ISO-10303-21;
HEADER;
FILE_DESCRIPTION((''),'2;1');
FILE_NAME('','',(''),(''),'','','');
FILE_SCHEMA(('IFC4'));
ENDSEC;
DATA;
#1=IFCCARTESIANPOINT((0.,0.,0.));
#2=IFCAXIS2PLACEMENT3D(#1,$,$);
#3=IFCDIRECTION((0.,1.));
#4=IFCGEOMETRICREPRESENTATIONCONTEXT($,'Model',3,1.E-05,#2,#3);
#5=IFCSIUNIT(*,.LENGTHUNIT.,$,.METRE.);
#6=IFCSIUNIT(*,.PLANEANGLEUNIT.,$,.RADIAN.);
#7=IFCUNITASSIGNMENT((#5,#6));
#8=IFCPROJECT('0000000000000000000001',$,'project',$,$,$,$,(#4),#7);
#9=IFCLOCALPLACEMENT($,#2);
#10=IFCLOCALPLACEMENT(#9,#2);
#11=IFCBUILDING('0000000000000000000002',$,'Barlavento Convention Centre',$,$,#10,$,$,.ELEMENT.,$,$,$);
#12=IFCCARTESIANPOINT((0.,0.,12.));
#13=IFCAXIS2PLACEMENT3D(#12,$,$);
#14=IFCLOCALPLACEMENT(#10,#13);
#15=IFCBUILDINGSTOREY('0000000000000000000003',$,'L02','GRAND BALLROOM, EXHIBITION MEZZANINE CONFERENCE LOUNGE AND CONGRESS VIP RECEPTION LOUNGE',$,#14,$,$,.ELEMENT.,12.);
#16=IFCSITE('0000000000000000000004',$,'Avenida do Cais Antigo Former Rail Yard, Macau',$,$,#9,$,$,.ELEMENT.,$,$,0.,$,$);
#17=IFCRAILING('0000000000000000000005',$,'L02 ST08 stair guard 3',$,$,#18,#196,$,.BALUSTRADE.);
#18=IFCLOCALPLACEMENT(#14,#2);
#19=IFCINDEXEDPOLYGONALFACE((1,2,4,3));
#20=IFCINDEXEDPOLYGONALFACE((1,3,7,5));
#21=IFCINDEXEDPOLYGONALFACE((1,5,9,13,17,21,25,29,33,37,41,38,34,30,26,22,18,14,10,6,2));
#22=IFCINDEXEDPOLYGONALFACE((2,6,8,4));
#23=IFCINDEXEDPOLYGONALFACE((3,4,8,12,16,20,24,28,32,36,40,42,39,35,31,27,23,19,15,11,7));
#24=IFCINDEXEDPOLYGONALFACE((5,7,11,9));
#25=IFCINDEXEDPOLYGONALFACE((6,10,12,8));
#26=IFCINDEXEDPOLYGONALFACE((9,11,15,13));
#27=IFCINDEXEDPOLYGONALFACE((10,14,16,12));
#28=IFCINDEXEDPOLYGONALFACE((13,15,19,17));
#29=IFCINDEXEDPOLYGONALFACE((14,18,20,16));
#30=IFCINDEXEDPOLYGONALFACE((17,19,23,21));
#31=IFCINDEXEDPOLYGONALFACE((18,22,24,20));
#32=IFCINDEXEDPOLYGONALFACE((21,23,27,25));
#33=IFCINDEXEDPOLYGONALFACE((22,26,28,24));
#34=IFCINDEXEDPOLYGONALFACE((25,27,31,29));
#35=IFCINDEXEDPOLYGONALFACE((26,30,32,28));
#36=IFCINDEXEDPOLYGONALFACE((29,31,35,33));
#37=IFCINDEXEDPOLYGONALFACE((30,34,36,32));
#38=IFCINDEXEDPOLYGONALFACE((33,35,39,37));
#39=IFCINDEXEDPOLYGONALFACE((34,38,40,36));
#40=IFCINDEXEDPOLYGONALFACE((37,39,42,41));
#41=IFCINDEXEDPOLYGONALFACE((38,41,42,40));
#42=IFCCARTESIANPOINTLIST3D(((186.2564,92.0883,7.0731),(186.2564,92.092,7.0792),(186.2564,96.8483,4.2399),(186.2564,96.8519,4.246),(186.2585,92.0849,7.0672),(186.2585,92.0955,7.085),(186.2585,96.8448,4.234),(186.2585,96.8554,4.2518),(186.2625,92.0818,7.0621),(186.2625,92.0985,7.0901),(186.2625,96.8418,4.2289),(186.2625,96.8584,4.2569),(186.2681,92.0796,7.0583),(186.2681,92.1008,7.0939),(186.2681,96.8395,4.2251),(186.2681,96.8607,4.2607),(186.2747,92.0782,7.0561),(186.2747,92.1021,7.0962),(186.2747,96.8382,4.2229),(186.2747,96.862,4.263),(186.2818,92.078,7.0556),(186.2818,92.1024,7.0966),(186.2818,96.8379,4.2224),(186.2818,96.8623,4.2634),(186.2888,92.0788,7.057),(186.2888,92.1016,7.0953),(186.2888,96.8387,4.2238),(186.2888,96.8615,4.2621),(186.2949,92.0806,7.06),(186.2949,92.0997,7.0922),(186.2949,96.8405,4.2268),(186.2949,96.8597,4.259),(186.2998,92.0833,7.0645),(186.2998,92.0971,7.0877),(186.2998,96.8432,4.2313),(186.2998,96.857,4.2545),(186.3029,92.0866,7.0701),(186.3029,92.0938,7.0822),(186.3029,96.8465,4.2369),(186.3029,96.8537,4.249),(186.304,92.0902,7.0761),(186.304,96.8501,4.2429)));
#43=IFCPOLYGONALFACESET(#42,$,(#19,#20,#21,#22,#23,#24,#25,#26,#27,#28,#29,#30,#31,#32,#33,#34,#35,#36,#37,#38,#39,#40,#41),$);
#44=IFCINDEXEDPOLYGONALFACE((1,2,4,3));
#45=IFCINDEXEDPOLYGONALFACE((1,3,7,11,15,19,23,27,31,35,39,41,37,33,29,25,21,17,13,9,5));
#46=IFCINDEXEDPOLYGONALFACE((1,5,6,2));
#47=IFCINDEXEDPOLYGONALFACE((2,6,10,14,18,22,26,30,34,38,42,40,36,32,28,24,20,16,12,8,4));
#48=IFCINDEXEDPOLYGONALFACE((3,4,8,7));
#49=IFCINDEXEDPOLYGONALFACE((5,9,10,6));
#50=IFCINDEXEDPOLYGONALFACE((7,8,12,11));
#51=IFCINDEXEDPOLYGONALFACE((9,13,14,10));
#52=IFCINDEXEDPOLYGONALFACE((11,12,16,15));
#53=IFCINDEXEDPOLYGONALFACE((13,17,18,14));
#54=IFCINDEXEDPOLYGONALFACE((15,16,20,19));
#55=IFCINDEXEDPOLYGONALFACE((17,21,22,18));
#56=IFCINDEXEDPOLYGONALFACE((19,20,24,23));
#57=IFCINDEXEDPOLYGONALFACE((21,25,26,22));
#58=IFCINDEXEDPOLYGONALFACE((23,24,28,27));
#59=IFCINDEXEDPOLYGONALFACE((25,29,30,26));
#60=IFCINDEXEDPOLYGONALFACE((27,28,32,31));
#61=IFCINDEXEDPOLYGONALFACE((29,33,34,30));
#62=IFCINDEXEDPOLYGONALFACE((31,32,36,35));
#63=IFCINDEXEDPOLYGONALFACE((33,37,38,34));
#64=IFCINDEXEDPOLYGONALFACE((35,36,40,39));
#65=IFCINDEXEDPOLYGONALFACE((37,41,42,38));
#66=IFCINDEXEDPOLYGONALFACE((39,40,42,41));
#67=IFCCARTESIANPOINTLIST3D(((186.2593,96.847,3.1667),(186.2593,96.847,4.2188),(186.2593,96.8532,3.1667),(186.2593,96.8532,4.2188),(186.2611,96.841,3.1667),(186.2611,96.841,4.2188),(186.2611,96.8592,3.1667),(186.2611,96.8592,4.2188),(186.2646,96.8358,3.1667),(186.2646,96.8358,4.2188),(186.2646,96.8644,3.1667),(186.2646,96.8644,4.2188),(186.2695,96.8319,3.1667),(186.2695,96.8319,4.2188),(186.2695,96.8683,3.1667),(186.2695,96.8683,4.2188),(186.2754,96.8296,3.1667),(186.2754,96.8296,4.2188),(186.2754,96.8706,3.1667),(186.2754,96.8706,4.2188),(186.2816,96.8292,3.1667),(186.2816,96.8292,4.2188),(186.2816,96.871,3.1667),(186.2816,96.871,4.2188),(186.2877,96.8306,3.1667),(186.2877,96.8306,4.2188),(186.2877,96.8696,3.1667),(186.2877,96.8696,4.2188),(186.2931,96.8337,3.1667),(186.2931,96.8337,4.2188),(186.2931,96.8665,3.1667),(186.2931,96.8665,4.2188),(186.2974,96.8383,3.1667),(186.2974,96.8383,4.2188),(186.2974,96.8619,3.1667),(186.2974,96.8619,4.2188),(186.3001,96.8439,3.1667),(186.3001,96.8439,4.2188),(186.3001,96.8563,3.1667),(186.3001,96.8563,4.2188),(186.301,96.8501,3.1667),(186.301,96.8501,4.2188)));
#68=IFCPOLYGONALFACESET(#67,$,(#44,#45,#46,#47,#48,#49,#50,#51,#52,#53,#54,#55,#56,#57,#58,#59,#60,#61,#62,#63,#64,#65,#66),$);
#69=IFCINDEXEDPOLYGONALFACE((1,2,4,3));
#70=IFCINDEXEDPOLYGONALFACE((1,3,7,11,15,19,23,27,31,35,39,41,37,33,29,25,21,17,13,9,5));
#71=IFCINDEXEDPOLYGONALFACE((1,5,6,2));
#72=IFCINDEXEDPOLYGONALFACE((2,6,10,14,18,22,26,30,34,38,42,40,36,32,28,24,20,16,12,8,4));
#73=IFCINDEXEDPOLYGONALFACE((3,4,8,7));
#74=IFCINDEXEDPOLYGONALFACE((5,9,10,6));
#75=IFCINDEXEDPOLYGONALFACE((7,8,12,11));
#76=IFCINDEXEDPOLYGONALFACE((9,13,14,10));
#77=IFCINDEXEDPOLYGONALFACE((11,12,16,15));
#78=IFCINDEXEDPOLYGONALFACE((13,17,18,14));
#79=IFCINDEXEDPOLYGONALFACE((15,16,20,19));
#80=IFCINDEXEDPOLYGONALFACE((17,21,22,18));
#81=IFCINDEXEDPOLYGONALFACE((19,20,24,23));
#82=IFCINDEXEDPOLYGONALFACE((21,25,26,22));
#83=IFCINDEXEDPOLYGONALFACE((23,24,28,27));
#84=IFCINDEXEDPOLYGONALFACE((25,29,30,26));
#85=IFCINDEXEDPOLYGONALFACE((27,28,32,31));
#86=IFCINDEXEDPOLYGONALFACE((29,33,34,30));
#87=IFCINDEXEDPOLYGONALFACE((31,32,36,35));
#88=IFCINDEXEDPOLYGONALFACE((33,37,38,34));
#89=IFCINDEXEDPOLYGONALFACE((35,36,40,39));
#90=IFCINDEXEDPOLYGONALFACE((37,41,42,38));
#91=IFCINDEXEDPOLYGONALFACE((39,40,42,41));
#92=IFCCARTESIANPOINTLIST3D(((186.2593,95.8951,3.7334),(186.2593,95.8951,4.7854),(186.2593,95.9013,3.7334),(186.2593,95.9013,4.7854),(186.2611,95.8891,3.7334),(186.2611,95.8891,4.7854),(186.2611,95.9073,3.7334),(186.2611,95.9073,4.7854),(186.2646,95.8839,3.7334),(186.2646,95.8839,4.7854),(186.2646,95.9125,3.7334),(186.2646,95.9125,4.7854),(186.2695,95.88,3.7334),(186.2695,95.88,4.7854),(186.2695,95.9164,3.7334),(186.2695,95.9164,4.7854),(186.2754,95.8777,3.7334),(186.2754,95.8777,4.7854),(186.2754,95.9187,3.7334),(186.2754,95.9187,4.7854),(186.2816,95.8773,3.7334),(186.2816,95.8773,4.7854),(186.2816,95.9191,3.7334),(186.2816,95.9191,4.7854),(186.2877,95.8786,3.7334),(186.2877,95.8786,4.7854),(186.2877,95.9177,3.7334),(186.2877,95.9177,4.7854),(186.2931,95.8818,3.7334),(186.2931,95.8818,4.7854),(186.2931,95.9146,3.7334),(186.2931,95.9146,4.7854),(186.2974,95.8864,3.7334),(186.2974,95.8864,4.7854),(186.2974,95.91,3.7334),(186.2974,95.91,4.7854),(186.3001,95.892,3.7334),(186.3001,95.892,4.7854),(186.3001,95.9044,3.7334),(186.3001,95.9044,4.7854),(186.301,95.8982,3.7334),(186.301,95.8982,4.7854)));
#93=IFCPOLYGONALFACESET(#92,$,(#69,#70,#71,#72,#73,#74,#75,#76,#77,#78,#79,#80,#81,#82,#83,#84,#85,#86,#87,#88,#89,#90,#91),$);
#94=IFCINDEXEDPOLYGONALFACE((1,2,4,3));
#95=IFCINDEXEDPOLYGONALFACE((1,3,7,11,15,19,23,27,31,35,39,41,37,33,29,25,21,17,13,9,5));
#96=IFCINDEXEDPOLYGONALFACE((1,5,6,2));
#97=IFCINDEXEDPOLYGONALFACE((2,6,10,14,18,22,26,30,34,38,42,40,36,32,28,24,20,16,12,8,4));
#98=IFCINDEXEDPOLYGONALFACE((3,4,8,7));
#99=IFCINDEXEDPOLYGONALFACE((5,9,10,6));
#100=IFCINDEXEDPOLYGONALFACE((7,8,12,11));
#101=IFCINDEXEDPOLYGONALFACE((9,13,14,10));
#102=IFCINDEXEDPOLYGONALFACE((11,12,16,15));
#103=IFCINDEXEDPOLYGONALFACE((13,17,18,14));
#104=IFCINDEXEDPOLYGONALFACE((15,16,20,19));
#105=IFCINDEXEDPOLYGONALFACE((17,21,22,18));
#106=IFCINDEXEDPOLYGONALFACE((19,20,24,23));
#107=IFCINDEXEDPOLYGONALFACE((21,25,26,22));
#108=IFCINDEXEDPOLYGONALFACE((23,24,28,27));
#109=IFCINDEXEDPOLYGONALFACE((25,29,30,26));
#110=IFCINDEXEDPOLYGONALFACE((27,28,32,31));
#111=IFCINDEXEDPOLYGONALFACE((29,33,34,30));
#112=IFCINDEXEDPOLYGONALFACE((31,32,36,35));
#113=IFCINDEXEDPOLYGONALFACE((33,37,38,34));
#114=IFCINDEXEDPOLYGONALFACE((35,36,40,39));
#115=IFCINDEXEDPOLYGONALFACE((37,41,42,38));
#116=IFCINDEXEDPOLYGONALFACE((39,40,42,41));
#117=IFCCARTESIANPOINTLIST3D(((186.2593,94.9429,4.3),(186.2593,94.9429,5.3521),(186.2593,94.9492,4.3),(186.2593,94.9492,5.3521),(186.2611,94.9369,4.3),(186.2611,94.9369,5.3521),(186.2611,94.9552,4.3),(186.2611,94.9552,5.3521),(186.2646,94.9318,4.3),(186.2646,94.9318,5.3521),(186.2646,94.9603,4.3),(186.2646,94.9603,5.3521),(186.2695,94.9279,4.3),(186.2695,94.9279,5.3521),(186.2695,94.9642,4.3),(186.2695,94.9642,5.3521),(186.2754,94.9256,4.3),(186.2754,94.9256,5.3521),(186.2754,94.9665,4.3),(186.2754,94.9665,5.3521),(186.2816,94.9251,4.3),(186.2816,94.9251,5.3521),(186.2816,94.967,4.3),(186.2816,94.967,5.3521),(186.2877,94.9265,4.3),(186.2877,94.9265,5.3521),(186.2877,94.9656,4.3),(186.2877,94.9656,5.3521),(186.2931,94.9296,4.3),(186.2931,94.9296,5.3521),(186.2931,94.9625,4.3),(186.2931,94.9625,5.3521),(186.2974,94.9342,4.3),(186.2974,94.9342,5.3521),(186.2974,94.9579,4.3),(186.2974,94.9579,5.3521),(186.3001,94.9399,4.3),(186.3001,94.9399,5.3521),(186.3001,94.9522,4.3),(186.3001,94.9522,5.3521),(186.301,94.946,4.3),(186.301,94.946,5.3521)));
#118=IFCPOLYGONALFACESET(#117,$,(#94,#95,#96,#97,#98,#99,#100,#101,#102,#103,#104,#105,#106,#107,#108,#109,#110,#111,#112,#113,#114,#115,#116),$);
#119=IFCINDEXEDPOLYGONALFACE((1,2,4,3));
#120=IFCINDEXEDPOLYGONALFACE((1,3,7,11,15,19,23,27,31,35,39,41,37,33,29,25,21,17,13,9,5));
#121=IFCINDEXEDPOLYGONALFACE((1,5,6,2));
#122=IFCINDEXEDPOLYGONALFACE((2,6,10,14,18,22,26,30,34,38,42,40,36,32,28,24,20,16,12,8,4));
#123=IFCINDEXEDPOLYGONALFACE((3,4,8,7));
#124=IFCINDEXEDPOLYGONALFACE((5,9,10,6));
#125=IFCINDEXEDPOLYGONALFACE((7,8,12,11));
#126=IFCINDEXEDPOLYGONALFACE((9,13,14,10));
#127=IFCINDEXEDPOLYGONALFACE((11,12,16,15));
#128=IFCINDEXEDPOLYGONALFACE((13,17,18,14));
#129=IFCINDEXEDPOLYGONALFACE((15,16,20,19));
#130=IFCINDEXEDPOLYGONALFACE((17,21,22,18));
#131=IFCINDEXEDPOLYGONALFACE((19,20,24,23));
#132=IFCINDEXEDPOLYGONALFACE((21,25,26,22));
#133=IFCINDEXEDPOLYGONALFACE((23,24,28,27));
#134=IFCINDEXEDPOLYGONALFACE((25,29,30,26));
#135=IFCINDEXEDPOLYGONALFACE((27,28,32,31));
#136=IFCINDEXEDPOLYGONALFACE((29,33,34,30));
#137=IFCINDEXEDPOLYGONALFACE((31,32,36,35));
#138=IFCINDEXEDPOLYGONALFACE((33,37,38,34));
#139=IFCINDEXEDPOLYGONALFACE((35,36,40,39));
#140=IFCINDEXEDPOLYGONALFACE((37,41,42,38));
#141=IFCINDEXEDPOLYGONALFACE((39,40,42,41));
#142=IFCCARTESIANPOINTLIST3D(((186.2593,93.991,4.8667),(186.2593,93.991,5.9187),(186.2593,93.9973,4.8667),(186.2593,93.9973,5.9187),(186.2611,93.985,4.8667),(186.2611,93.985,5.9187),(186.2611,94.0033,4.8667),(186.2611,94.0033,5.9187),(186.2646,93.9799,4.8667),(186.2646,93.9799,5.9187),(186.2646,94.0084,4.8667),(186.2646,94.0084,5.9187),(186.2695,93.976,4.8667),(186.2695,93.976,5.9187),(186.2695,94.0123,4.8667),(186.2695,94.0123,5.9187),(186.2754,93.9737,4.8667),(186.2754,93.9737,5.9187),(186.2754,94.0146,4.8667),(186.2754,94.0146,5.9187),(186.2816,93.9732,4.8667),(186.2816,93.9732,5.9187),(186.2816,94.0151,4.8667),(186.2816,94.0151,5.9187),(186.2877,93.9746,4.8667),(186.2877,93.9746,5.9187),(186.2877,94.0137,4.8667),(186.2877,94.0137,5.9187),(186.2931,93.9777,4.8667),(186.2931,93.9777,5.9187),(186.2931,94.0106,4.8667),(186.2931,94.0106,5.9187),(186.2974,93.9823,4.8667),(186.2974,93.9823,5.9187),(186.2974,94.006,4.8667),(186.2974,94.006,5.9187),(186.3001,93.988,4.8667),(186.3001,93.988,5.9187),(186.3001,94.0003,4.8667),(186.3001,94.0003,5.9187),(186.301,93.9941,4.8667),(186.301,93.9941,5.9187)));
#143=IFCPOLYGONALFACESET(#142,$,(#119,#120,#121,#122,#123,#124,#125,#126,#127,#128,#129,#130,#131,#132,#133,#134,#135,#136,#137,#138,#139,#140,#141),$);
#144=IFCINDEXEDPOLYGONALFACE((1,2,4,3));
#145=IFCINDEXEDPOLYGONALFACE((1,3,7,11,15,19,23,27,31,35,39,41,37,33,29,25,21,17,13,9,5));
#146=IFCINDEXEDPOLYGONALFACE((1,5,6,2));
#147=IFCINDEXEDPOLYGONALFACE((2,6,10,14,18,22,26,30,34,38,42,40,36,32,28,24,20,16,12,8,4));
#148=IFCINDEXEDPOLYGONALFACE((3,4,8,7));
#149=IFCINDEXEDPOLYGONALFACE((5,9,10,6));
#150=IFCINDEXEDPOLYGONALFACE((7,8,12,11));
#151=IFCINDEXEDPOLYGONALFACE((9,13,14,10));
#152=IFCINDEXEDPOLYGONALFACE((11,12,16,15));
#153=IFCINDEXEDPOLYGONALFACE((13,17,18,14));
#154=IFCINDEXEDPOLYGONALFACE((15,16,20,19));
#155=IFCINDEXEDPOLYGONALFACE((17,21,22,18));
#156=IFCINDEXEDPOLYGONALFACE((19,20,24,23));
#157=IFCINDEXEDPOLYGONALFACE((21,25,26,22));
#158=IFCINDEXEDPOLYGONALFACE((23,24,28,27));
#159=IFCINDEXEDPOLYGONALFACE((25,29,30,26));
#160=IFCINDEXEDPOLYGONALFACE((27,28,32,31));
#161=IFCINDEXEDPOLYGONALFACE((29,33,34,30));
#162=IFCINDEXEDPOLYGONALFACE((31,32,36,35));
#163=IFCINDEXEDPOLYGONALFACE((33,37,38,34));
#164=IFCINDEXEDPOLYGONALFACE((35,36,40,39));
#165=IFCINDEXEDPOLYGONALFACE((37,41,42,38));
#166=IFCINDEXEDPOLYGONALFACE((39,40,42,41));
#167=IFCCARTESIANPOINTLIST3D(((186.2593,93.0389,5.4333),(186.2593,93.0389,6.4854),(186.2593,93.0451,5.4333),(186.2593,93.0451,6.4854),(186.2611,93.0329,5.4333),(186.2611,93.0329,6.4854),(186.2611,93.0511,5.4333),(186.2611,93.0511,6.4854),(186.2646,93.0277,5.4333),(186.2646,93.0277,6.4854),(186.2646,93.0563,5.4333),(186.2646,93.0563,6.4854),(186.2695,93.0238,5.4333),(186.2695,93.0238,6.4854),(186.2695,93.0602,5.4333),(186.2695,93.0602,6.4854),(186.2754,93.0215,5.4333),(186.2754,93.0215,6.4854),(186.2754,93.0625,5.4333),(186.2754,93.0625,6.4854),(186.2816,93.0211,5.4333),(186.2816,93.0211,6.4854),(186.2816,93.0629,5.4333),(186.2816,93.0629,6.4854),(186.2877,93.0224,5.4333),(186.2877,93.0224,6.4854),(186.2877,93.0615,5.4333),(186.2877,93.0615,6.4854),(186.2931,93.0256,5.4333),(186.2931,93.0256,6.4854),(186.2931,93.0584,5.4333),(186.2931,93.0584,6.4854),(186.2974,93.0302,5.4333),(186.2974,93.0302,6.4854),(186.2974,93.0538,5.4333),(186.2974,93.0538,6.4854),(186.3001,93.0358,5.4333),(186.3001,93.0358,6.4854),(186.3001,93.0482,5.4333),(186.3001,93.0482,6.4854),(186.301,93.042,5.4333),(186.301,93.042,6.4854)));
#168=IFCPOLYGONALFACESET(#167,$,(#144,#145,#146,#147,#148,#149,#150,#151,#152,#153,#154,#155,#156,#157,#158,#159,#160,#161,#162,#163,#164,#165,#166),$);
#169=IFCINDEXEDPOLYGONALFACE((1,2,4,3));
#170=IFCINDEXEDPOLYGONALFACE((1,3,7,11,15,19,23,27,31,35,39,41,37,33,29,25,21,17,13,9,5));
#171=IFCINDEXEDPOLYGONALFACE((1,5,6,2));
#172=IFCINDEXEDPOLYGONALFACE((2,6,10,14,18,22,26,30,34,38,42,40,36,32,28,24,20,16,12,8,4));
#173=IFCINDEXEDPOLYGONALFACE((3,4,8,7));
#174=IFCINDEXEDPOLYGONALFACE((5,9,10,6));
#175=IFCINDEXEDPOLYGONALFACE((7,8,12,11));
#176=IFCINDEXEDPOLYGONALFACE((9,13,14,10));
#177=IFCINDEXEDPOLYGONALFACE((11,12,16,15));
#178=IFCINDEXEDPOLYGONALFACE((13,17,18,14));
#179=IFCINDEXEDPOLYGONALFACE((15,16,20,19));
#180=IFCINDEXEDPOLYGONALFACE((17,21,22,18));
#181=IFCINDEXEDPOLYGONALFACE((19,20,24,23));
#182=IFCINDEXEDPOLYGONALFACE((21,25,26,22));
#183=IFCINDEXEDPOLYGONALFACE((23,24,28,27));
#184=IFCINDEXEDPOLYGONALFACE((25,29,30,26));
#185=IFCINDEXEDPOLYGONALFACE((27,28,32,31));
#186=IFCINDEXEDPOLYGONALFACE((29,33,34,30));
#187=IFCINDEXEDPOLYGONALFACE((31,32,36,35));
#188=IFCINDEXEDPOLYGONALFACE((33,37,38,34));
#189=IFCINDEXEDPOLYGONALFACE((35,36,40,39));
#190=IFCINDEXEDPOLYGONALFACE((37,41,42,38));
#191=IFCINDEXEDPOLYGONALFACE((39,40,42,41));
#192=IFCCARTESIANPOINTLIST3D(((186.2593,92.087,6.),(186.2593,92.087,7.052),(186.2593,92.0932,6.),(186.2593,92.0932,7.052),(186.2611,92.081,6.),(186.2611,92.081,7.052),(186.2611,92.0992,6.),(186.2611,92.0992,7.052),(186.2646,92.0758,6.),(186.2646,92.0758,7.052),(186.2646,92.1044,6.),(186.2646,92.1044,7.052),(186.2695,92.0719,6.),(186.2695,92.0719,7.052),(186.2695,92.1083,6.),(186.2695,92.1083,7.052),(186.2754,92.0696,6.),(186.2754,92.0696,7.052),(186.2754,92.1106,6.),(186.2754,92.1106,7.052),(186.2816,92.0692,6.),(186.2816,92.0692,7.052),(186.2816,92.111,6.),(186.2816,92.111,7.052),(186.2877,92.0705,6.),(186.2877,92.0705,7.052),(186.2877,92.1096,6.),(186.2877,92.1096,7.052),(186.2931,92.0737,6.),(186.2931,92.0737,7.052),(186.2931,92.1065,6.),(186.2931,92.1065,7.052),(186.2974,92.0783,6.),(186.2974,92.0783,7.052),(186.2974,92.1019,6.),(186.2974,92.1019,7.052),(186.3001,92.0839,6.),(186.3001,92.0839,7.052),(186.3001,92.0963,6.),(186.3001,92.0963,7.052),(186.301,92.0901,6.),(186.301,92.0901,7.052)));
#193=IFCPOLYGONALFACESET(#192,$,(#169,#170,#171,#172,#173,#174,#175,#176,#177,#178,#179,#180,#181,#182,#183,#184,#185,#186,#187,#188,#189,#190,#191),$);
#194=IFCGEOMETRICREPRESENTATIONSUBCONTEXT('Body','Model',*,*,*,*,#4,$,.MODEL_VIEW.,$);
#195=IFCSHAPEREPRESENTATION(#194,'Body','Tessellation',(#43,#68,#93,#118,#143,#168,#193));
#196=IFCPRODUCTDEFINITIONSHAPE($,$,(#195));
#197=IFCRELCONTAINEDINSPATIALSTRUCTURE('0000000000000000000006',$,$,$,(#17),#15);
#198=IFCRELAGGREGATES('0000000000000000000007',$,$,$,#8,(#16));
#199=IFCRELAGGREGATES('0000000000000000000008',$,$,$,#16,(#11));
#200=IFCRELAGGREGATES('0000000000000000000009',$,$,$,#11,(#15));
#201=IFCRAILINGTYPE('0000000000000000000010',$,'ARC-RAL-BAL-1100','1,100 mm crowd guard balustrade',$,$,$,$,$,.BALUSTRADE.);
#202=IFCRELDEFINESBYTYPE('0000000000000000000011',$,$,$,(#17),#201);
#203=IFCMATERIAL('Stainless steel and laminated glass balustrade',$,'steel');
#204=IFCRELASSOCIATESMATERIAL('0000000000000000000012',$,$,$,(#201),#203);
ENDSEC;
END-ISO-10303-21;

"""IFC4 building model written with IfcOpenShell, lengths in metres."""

from ifc_helpers import new_model, si_unit, direction, frame, origin, origin_2d, place, context, subcontext, project, spatial, circle, extrude, material, type_object, element, save


model = new_model("IFC4")

# Units and contexts
model_context = context("Model", 3, precision=1e-05, world=origin(), true_north=direction((0.0, 1.0)))
body_context = subcontext(model_context, "Body", "Model", "MODEL_VIEW")
ifc_project = project(units=[si_unit("LENGTHUNIT", "METRE"), si_unit("PLANEANGLEUNIT", "RADIAN")], contexts=[model_context])

# Site, building, storey
site_placement = place(None, origin())
site = spatial("IfcSite", under=ifc_project, at=site_placement, Name="Avenida do Cais Antigo Former Rail Yard, Macau", CompositionType="ELEMENT", RefElevation=0.0)
building_placement = place(site_placement, origin())
building = spatial("IfcBuilding", under=site, at=building_placement, Name="Barlavento Convention Centre", CompositionType="ELEMENT")
storey_placement = place(building_placement, frame((0.0, 0.0, 12.0)))
storey = spatial("IfcBuildingStorey", under=building, at=storey_placement, Name="L02", Description="GRAND BALLROOM, EXHIBITION MEZZANINE CONFERENCE LOUNGE AND CONGRESS VIP RECEPTION LOUNGE", CompositionType="ELEMENT", Elevation=12.0)

# Railing
ifc_material_1 = material(Name="Stainless steel and laminated glass balustrade", Category="steel")
railing_type_1 = type_object("IfcRailingType", Name="ARC-RAL-BAL-1100", Description="1,100 mm crowd guard balustrade", PredefinedType="BALUSTRADE", material=ifc_material_1)
railing_1_placement = place(storey_placement, frame((186.28, 96.8501, 3.1667)))
element("IfcRailing", 1, at=railing_1_placement, inside=storey, type_object=railing_type_1, Name="L02 ST08 stair guard 3", PredefinedType="BALUSTRADE", context=body_context, shape_type="SweptSolid", body=[
    extrude(circle(Radius=0.0239, at=origin_2d()), frame((0.0, 0.0, 1.0762), z_axis=(0.0, -0.8593, 0.511472), x_axis=(1.0, 0.0, 0.0)), (0.0, 0.0, 1.0), 5.5393),
    extrude(circle(Radius=0.021, at=origin_2d()), origin(), (0.0, 0.0, 1.0), 1.052),
    extrude(circle(Radius=0.021, at=origin_2d()), frame((0.0, -0.9519, 0.5667)), (0.0, 0.0, 1.0), 1.052),
    extrude(circle(Radius=0.021, at=origin_2d()), frame((0.0, -1.9041, 1.1333)), (0.0, 0.0, 1.0), 1.052),
    extrude(circle(Radius=0.021, at=origin_2d()), frame((0.0, -2.856, 1.7)), (0.0, 0.0, 1.0), 1.052),
    extrude(circle(Radius=0.021, at=origin_2d()), frame((0.0, -3.8081, 2.2666)), (0.0, 0.0, 1.0), 1.052),
    extrude(circle(Radius=0.021, at=origin_2d()), frame((0.0, -4.76, 2.8333)), (0.0, 0.0, 1.0), 1.052),
])

save(model, "model.ifc")
